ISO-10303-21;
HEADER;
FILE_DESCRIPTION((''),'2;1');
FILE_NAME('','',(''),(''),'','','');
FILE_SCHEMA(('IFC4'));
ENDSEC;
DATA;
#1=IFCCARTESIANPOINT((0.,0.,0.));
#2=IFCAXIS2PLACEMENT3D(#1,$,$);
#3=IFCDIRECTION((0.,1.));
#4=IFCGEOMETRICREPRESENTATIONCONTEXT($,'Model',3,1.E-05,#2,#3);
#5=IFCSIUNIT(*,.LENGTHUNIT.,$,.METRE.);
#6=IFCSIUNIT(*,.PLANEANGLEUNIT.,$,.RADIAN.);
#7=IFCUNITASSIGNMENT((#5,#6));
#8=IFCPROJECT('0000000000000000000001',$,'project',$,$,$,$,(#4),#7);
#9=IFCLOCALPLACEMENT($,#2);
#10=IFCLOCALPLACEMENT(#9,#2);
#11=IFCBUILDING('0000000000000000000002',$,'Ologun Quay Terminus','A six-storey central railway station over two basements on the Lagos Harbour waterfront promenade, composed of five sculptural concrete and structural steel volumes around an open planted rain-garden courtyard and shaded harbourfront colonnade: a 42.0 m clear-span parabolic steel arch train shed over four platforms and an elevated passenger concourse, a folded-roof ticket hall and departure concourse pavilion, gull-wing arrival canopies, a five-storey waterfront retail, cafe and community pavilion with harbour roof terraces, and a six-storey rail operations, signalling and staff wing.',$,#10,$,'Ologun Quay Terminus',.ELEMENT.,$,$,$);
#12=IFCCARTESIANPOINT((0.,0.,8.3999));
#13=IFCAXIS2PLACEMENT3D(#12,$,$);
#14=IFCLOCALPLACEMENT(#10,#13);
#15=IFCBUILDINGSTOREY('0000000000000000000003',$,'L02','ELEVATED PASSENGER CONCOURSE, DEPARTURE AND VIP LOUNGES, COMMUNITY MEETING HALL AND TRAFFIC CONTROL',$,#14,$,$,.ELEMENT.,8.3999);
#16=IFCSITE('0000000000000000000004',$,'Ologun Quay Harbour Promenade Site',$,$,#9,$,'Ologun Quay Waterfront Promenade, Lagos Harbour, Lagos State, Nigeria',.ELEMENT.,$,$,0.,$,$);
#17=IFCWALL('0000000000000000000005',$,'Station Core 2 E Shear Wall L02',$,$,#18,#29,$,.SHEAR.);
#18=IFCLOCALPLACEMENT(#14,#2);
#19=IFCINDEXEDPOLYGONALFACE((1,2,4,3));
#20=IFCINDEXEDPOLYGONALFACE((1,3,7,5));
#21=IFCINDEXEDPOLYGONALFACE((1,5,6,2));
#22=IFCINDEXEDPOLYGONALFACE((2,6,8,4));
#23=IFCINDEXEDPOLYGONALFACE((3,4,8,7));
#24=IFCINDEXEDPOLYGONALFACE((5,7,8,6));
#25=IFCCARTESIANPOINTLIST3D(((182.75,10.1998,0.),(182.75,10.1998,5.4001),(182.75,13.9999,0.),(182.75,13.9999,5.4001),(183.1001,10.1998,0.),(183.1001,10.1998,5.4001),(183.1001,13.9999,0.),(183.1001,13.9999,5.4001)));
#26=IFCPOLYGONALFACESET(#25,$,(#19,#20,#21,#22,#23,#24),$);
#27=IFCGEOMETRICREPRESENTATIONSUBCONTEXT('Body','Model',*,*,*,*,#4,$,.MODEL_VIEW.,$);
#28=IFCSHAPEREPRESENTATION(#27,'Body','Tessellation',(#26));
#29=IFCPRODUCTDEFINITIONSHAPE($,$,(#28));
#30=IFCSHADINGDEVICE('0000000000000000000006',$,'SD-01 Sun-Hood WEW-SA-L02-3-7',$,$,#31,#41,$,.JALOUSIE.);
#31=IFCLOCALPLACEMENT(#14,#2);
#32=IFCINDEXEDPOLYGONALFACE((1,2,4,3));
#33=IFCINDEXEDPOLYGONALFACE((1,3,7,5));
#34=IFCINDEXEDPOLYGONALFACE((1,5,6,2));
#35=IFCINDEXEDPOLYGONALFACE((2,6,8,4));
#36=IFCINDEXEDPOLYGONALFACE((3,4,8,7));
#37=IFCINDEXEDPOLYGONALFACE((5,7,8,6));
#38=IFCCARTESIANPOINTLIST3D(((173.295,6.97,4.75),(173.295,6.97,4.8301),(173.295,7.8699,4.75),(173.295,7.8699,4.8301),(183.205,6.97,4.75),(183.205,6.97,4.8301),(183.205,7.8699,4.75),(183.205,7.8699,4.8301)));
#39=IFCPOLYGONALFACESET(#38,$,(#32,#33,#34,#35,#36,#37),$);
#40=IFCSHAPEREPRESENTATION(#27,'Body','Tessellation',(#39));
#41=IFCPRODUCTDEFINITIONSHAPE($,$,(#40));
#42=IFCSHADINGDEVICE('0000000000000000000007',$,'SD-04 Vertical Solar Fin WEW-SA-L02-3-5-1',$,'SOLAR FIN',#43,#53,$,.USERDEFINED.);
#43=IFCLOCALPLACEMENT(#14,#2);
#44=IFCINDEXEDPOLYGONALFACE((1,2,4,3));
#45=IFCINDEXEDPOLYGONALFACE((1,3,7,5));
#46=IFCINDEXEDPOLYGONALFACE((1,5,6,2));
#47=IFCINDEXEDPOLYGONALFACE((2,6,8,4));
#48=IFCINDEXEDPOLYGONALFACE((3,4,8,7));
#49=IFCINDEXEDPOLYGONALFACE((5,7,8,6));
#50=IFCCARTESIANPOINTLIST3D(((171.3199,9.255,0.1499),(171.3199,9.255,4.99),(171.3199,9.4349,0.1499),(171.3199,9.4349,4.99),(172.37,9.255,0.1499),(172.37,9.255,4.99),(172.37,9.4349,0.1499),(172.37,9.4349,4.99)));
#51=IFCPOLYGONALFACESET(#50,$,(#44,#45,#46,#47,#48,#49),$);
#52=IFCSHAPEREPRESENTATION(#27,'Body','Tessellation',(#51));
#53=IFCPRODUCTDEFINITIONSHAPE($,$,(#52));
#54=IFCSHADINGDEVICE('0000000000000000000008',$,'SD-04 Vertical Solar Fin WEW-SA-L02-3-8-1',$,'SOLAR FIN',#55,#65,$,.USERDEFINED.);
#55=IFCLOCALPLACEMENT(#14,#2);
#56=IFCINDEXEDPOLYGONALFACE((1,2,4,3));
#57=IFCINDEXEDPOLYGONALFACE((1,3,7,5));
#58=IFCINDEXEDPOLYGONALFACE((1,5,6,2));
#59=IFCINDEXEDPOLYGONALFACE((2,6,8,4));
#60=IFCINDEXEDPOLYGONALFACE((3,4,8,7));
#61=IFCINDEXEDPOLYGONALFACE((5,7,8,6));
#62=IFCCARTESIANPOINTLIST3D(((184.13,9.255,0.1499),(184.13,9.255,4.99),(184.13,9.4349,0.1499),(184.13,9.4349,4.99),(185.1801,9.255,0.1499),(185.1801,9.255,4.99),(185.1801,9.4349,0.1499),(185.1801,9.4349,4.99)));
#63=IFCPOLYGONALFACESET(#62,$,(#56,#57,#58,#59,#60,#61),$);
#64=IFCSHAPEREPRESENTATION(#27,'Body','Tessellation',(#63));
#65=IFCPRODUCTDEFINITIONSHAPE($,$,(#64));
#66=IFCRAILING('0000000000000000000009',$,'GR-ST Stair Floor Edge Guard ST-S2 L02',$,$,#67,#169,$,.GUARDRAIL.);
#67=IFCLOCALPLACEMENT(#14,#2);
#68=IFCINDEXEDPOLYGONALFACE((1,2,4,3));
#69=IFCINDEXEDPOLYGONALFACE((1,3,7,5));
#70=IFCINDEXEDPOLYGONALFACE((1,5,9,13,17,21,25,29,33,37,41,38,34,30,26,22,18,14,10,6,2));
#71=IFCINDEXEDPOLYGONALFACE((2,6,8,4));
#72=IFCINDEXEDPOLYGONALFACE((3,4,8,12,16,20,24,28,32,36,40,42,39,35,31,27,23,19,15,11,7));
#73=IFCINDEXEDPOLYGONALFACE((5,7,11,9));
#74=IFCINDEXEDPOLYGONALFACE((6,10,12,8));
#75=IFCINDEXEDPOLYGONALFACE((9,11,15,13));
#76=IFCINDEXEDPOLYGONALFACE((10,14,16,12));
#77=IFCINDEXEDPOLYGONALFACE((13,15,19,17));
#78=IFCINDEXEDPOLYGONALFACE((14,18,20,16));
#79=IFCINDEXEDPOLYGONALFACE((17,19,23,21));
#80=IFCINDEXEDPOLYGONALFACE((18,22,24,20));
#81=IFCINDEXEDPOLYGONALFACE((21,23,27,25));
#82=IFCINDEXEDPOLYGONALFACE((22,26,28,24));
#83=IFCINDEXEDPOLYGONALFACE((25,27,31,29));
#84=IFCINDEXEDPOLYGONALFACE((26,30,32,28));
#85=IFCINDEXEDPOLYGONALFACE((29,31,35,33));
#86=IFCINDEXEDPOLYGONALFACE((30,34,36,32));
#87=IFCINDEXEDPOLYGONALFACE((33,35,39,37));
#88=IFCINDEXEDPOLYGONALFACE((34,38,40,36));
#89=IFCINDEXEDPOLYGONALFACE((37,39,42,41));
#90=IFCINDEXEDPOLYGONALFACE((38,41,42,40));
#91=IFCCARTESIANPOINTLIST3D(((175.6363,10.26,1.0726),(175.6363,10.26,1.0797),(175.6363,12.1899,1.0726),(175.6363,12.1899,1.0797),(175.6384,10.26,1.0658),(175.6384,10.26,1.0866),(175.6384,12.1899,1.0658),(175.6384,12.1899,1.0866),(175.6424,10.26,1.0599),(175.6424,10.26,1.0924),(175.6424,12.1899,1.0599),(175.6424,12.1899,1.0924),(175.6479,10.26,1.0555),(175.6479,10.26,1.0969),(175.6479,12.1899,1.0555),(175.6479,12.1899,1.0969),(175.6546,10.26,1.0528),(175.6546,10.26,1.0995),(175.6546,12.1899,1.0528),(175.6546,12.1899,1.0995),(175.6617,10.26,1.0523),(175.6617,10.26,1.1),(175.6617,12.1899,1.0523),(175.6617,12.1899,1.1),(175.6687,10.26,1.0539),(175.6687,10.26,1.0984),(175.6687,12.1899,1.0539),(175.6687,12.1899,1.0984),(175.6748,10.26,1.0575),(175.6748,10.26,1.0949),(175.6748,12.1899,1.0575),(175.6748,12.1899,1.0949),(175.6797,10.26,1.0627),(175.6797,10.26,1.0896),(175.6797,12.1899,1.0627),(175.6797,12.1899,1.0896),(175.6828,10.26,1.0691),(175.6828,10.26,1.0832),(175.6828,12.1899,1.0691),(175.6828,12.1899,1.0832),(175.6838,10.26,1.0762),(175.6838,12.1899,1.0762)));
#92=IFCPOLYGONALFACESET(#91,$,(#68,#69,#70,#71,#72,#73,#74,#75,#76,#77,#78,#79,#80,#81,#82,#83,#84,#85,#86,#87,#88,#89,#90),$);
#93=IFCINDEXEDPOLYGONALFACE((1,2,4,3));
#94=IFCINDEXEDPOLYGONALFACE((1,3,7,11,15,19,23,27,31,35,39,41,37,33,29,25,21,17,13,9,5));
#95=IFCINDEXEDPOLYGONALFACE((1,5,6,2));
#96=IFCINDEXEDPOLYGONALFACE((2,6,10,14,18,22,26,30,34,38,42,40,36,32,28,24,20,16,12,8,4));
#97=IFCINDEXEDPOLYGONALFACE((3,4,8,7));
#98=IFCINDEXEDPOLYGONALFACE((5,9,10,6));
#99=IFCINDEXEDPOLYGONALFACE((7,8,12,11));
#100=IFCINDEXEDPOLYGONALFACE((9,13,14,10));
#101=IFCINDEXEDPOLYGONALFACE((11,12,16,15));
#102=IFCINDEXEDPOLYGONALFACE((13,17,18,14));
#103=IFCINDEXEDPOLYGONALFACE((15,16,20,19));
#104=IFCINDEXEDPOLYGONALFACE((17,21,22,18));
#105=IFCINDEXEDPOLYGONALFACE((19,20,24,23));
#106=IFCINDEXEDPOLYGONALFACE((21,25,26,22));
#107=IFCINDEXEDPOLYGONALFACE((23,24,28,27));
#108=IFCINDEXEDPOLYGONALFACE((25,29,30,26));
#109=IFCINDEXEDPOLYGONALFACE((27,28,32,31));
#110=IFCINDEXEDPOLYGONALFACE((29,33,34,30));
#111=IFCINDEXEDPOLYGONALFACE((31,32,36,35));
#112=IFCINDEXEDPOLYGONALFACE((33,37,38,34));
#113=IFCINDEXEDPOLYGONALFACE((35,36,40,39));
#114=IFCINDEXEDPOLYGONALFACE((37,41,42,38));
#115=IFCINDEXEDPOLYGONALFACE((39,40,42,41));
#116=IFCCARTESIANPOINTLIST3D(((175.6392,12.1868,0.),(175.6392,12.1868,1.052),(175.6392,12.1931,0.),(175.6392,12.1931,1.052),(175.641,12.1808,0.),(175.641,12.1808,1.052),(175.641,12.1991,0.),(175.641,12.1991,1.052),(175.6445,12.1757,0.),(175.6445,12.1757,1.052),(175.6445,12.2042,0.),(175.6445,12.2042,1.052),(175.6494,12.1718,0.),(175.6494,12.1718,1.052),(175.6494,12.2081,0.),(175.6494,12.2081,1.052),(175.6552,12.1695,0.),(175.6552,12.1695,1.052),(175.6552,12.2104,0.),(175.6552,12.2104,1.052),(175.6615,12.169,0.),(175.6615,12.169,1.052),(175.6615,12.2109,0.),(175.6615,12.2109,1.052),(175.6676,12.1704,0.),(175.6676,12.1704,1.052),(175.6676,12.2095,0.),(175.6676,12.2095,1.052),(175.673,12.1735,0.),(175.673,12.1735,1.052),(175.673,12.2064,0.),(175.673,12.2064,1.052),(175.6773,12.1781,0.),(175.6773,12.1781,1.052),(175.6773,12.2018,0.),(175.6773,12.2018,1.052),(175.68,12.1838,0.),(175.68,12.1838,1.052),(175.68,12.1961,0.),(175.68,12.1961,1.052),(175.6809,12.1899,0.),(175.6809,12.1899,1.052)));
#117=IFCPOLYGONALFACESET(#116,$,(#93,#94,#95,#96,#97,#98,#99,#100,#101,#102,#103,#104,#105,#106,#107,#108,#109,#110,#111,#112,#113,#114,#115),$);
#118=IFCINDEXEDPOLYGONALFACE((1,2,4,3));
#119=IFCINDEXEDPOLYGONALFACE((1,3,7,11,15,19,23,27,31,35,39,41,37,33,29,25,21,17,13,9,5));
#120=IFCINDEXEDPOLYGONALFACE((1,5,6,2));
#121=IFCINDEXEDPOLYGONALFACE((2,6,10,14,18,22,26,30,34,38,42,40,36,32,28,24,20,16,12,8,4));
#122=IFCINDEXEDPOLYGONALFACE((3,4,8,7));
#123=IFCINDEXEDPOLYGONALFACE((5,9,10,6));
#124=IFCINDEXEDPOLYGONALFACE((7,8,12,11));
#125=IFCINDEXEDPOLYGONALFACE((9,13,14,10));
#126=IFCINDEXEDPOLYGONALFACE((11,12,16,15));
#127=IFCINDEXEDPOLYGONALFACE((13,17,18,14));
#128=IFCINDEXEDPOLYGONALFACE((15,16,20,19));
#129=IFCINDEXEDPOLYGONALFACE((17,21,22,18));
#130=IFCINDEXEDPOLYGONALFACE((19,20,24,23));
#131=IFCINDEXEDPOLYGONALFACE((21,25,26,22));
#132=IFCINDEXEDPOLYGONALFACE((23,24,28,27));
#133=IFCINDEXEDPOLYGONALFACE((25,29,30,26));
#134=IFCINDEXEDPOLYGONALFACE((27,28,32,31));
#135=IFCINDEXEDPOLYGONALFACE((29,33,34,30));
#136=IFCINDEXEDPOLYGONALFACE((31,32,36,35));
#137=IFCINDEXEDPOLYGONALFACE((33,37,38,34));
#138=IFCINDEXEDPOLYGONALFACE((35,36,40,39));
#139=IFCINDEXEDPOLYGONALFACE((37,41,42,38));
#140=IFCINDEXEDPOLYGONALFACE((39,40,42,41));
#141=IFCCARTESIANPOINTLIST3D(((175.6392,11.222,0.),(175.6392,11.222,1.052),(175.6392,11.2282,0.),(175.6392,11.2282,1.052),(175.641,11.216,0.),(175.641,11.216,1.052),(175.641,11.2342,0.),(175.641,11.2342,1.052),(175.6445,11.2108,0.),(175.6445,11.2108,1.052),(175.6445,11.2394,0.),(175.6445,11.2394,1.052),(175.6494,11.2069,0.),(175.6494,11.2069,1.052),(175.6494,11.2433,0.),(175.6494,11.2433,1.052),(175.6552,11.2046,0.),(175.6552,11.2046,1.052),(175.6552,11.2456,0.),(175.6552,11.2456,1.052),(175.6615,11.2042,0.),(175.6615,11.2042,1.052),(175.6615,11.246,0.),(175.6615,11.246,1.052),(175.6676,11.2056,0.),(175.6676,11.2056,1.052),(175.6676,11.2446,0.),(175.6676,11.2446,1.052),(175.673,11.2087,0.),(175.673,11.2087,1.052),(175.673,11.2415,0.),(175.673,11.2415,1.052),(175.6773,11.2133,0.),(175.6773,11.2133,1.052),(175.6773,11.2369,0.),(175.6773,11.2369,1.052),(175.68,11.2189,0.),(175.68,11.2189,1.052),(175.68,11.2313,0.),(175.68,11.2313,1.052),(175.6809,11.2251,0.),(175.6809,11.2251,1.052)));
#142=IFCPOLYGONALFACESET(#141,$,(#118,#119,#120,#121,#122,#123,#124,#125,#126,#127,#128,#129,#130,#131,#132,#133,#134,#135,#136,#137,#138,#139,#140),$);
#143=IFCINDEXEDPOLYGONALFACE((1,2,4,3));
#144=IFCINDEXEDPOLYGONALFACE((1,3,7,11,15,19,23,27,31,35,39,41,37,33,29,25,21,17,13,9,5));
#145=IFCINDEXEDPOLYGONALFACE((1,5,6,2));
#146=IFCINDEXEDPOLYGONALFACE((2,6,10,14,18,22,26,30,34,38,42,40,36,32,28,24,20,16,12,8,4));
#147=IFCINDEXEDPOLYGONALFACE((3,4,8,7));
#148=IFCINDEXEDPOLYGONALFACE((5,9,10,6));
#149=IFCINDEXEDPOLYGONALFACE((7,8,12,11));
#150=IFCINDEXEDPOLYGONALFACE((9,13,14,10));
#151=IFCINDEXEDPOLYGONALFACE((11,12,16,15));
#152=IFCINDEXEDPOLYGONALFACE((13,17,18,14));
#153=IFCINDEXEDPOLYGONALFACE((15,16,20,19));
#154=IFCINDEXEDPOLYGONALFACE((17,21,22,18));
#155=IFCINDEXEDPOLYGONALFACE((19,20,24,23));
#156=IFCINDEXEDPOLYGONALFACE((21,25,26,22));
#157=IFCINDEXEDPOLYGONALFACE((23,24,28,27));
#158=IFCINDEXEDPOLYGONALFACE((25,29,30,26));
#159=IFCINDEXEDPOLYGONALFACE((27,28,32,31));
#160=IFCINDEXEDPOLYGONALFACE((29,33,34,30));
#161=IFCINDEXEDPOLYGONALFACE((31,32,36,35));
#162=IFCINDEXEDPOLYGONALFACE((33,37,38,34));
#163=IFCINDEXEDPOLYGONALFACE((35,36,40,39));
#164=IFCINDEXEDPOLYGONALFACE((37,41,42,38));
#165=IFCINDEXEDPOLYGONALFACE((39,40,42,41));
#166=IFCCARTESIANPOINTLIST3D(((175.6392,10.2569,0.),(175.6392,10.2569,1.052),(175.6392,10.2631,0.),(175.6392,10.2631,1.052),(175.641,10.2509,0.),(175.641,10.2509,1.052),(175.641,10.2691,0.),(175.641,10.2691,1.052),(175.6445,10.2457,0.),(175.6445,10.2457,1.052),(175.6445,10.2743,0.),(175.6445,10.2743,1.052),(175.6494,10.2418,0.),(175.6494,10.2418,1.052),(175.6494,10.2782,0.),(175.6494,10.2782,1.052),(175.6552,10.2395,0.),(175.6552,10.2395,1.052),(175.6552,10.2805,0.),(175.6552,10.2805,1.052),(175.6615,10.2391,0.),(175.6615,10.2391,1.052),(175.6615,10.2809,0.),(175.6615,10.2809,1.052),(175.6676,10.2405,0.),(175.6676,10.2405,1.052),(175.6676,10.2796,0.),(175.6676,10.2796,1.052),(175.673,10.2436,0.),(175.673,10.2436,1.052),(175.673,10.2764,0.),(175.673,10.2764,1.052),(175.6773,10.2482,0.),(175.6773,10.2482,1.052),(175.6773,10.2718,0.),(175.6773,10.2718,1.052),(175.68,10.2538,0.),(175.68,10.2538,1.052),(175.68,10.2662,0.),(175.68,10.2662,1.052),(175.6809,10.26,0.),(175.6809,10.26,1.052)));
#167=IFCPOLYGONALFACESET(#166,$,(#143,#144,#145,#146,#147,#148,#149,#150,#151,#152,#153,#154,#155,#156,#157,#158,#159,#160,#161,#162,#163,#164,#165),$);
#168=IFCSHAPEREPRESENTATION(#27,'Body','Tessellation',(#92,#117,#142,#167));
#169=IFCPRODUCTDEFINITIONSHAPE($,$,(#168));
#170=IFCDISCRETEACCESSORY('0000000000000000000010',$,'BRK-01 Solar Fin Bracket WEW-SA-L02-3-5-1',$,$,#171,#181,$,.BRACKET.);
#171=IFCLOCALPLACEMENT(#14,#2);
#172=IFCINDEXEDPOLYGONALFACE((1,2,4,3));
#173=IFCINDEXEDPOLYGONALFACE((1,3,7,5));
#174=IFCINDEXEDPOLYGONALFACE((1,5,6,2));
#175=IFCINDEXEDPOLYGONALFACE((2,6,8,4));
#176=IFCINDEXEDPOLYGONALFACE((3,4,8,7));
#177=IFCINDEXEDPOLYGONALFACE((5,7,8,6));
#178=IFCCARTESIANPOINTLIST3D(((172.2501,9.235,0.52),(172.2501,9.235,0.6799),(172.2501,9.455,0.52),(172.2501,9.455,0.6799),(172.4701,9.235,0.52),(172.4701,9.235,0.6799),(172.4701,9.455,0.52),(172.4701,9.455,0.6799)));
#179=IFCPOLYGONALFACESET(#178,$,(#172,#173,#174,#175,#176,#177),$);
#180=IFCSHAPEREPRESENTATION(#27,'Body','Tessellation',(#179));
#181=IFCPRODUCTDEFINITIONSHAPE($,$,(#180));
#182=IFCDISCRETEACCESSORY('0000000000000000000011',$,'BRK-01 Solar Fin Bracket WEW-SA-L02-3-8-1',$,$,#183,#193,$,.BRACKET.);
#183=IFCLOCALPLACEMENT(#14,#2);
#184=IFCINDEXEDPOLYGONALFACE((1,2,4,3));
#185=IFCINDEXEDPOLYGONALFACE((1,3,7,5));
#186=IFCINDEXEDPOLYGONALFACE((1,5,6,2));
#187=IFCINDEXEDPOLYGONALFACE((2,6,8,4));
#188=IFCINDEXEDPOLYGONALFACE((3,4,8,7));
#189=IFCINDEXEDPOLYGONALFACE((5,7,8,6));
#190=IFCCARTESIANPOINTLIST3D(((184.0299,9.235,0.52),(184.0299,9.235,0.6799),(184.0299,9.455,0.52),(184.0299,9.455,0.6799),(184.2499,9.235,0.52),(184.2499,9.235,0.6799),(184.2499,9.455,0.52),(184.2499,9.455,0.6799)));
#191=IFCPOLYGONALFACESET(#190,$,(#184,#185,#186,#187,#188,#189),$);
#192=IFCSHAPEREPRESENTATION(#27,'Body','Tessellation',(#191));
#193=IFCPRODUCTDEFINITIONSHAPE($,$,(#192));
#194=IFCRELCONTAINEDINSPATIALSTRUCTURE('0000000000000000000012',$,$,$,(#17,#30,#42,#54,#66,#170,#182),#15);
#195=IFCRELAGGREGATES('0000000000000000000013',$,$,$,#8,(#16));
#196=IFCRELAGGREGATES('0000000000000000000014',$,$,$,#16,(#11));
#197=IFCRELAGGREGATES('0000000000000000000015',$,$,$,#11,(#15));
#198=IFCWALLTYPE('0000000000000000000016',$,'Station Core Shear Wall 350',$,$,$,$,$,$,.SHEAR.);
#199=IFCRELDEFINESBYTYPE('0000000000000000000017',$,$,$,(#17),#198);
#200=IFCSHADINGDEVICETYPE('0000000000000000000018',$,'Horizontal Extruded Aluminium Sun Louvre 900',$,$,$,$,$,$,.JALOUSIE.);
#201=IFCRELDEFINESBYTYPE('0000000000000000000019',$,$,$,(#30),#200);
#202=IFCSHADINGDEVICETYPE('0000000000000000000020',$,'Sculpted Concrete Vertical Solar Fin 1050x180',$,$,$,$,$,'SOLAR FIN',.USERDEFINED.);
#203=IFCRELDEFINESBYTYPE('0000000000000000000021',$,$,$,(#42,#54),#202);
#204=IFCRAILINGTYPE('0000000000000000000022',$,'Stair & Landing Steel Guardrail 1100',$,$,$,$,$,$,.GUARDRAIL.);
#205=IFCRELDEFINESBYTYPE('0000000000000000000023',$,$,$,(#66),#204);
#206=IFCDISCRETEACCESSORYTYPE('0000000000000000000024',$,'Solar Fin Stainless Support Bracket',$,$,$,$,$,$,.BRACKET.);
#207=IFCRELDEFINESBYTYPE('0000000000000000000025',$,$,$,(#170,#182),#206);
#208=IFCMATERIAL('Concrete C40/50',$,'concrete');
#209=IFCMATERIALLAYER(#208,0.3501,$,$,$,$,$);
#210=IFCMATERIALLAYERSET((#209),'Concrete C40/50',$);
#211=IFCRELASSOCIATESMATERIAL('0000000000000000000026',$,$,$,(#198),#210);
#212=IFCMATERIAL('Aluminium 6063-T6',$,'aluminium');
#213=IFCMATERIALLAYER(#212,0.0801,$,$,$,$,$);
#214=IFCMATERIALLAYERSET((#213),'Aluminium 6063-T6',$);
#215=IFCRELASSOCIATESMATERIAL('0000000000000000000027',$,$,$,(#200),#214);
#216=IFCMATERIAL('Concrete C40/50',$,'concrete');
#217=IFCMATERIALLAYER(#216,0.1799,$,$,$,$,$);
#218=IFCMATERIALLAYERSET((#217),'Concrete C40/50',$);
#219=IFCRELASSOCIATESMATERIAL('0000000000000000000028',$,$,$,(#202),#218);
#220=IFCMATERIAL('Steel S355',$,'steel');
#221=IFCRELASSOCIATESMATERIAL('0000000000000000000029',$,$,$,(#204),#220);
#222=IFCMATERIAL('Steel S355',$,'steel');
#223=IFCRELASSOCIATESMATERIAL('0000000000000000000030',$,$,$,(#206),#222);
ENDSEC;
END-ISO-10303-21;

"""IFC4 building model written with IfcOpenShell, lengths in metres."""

from ifc_helpers import new_model, si_unit, direction, frame, frame_2d, origin, origin_2d, place, context, subcontext, project, spatial, rectangle, circle, extrude, material, layer, layer_set, type_object, element, save


model = new_model("IFC4")

# Units and contexts
model_context = context("Model", 3, precision=1e-05, world=origin(), true_north=direction((0.0, 1.0)))
body_context = subcontext(model_context, "Body", "Model", "MODEL_VIEW")
ifc_project = project(units=[si_unit("LENGTHUNIT", "METRE"), si_unit("PLANEANGLEUNIT", "RADIAN")], contexts=[model_context])

# Site, building, storey
site_placement = place(None, origin())
site = spatial("IfcSite", under=ifc_project, at=site_placement, Name="Ologun Quay Harbour Promenade Site", LongName="Ologun Quay Waterfront Promenade, Lagos Harbour, Lagos State, Nigeria", CompositionType="ELEMENT", RefElevation=0.0)
building_placement = place(site_placement, origin())
building = spatial("IfcBuilding", under=site, at=building_placement, Name="Ologun Quay Terminus", Description="A six-storey central railway station over two basements on the Lagos Harbour waterfront promenade, composed of five sculptural concrete and structural steel volumes around an open planted rain-garden courtyard and shaded harbourfront colonnade: a 42.0 m clear-span parabolic steel arch train shed over four platforms and an elevated passenger concourse, a folded-roof ticket hall and departure concourse pavilion, gull-wing arrival canopies, a five-storey waterfront retail, cafe and community pavilion with harbour roof terraces, and a six-storey rail operations, signalling and staff wing.", LongName="Ologun Quay Terminus", CompositionType="ELEMENT")
storey_placement = place(building_placement, frame((0.0, 0.0, 8.3999)))
storey = spatial("IfcBuildingStorey", under=building, at=storey_placement, Name="L02", Description="ELEVATED PASSENGER CONCOURSE, DEPARTURE AND VIP LOUNGES, COMMUNITY MEETING HALL AND TRAFFIC CONTROL", CompositionType="ELEMENT", Elevation=8.3999)

# Wall
ifc_material_1 = material(Name="Concrete C40/50", Category="concrete")
ifc_layer_1 = layer(ifc_material_1, 0.3501)
ifc_layer_set_1 = layer_set([ifc_layer_1], Name="Concrete C40/50")
wall_type_1 = type_object("IfcWallType", Name="Station Core Shear Wall 350", PredefinedType="SHEAR", material=ifc_layer_set_1)
wall_1_placement = place(storey_placement, frame((182.925, 10.2, 0.0), z_axis=(0.0, 0.0, 1.0), x_axis=(0.0, 1.0, 0.0)))
element("IfcWall", 1, at=wall_1_placement, inside=storey, type_object=wall_type_1, Name="Station Core 2 E Shear Wall L02", PredefinedType="SHEAR", context=body_context, shape_type="SweptSolid", body=[
    extrude(rectangle(XDim=3.8, YDim=0.3501, at=frame_2d((1.8999, 0.0))), origin(), (0.0, 0.0, 1.0), 5.4001),
])

# Shading devices
ifc_material_2 = material(Name="Aluminium 6063-T6", Category="aluminium")
ifc_layer_2 = layer(ifc_material_2, 0.0801)
ifc_layer_set_2 = layer_set([ifc_layer_2], Name="Aluminium 6063-T6")
shading_device_type_1 = type_object("IfcShadingDeviceType", Name="Horizontal Extruded Aluminium Sun Louvre 900", PredefinedType="JALOUSIE", material=ifc_layer_set_2)
shading_device_placement = place(storey_placement, frame((178.25, 7.4199, 4.75), z_axis=(0.0, 0.0, 1.0), x_axis=(1.0, 0.0, 0.0)))
element("IfcShadingDevice", 2, at=shading_device_placement, inside=storey, type_object=shading_device_type_1, Name="SD-01 Sun-Hood WEW-SA-L02-3-7", PredefinedType="JALOUSIE", context=body_context, shape_type="SweptSolid", body=[
    extrude(rectangle(XDim=9.9099, YDim=0.8999, at=origin_2d()), origin(), (0.0, 0.0, 1.0), 0.0801),
])
ifc_material_3 = material(Name="Concrete C40/50", Category="concrete")
ifc_layer_3 = layer(ifc_material_3, 0.1799)
ifc_layer_set_3 = layer_set([ifc_layer_3], Name="Concrete C40/50")
shading_device_type_2 = type_object("IfcShadingDeviceType", Name="Sculpted Concrete Vertical Solar Fin 1050x180", ElementType="SOLAR FIN", PredefinedType="USERDEFINED", material=ifc_layer_set_3)
for number, where, z_axis, x_axis, name in (
    (3, (171.845, 9.345, 0.1499), (0.0, 0.0, 1.0), (1.0, 0.0, 0.0), "SD-04 Vertical Solar Fin WEW-SA-L02-3-5-1"),
    (4, (184.655, 9.345, 0.1499), (0.0, 0.0, 1.0), (1.0, 0.0, 0.0), "SD-04 Vertical Solar Fin WEW-SA-L02-3-8-1"),
):
    element("IfcShadingDevice", number, at=place(storey_placement, frame(where, z_axis=z_axis, x_axis=x_axis)), inside=storey, type_object=shading_device_type_2, Name=name, ObjectType="SOLAR FIN", PredefinedType="USERDEFINED", context=body_context, shape_type="SweptSolid", body=[
        extrude(rectangle(XDim=1.05, YDim=0.1799, at=origin_2d()), origin(), (0.0, 0.0, 1.0), 4.8401),
    ])

# Railing
ifc_material_4 = material(Name="Steel S355", Category="steel")
railing_type = type_object("IfcRailingType", Name="Stair & Landing Steel Guardrail 1100", PredefinedType="GUARDRAIL", material=ifc_material_4)
railing_placement = place(storey_placement, frame((175.6599, 12.1899, 0.0)))
element("IfcRailing", 5, at=railing_placement, inside=storey, type_object=railing_type, Name="GR-ST Stair Floor Edge Guard ST-S2 L02", PredefinedType="GUARDRAIL", context=body_context, shape_type="SweptSolid", body=[
    extrude(circle(Radius=0.0239, at=origin_2d()), frame((0.0, 0.0, 1.0762), z_axis=(0.0, -1.0, 0.0), x_axis=(1.0, 0.0, 0.0)), (0.0, 0.0, 1.0), 1.9299),
    extrude(circle(Radius=0.021, at=origin_2d()), origin(), (0.0, 0.0, 1.0), 1.052),
    extrude(circle(Radius=0.021, at=origin_2d()), frame((0.0, -0.9648, 0.0)), (0.0, 0.0, 1.0), 1.052),
    extrude(circle(Radius=0.021, at=origin_2d()), frame((0.0, -1.9299, 0.0)), (0.0, 0.0, 1.0), 1.052),
])

# Discrete accessories
ifc_material_5 = material(Name="Steel S355", Category="steel")
discrete_accessory_type = type_object("IfcDiscreteAccessoryType", Name="Solar Fin Stainless Support Bracket", PredefinedType="BRACKET", material=ifc_material_5)
for number, where, z_axis, x_axis, name in (
    (6, (172.3601, 9.345, 0.52), (0.0, 0.0, 1.0), (1.0, 0.0, 0.0), "BRK-01 Solar Fin Bracket WEW-SA-L02-3-5-1"),
    (7, (184.1399, 9.345, 0.52), (0.0, 0.0, 1.0), (1.0, 0.0, 0.0), "BRK-01 Solar Fin Bracket WEW-SA-L02-3-8-1"),
):
    element("IfcDiscreteAccessory", number, at=place(storey_placement, frame(where, z_axis=z_axis, x_axis=x_axis)), inside=storey, type_object=discrete_accessory_type, Name=name, PredefinedType="BRACKET", context=body_context, shape_type="SweptSolid", body=[
        extrude(rectangle(XDim=0.22, YDim=0.22, at=origin_2d()), origin(), (0.0, 0.0, 1.0), 0.1599),
    ])

save(model, "model.ifc")
